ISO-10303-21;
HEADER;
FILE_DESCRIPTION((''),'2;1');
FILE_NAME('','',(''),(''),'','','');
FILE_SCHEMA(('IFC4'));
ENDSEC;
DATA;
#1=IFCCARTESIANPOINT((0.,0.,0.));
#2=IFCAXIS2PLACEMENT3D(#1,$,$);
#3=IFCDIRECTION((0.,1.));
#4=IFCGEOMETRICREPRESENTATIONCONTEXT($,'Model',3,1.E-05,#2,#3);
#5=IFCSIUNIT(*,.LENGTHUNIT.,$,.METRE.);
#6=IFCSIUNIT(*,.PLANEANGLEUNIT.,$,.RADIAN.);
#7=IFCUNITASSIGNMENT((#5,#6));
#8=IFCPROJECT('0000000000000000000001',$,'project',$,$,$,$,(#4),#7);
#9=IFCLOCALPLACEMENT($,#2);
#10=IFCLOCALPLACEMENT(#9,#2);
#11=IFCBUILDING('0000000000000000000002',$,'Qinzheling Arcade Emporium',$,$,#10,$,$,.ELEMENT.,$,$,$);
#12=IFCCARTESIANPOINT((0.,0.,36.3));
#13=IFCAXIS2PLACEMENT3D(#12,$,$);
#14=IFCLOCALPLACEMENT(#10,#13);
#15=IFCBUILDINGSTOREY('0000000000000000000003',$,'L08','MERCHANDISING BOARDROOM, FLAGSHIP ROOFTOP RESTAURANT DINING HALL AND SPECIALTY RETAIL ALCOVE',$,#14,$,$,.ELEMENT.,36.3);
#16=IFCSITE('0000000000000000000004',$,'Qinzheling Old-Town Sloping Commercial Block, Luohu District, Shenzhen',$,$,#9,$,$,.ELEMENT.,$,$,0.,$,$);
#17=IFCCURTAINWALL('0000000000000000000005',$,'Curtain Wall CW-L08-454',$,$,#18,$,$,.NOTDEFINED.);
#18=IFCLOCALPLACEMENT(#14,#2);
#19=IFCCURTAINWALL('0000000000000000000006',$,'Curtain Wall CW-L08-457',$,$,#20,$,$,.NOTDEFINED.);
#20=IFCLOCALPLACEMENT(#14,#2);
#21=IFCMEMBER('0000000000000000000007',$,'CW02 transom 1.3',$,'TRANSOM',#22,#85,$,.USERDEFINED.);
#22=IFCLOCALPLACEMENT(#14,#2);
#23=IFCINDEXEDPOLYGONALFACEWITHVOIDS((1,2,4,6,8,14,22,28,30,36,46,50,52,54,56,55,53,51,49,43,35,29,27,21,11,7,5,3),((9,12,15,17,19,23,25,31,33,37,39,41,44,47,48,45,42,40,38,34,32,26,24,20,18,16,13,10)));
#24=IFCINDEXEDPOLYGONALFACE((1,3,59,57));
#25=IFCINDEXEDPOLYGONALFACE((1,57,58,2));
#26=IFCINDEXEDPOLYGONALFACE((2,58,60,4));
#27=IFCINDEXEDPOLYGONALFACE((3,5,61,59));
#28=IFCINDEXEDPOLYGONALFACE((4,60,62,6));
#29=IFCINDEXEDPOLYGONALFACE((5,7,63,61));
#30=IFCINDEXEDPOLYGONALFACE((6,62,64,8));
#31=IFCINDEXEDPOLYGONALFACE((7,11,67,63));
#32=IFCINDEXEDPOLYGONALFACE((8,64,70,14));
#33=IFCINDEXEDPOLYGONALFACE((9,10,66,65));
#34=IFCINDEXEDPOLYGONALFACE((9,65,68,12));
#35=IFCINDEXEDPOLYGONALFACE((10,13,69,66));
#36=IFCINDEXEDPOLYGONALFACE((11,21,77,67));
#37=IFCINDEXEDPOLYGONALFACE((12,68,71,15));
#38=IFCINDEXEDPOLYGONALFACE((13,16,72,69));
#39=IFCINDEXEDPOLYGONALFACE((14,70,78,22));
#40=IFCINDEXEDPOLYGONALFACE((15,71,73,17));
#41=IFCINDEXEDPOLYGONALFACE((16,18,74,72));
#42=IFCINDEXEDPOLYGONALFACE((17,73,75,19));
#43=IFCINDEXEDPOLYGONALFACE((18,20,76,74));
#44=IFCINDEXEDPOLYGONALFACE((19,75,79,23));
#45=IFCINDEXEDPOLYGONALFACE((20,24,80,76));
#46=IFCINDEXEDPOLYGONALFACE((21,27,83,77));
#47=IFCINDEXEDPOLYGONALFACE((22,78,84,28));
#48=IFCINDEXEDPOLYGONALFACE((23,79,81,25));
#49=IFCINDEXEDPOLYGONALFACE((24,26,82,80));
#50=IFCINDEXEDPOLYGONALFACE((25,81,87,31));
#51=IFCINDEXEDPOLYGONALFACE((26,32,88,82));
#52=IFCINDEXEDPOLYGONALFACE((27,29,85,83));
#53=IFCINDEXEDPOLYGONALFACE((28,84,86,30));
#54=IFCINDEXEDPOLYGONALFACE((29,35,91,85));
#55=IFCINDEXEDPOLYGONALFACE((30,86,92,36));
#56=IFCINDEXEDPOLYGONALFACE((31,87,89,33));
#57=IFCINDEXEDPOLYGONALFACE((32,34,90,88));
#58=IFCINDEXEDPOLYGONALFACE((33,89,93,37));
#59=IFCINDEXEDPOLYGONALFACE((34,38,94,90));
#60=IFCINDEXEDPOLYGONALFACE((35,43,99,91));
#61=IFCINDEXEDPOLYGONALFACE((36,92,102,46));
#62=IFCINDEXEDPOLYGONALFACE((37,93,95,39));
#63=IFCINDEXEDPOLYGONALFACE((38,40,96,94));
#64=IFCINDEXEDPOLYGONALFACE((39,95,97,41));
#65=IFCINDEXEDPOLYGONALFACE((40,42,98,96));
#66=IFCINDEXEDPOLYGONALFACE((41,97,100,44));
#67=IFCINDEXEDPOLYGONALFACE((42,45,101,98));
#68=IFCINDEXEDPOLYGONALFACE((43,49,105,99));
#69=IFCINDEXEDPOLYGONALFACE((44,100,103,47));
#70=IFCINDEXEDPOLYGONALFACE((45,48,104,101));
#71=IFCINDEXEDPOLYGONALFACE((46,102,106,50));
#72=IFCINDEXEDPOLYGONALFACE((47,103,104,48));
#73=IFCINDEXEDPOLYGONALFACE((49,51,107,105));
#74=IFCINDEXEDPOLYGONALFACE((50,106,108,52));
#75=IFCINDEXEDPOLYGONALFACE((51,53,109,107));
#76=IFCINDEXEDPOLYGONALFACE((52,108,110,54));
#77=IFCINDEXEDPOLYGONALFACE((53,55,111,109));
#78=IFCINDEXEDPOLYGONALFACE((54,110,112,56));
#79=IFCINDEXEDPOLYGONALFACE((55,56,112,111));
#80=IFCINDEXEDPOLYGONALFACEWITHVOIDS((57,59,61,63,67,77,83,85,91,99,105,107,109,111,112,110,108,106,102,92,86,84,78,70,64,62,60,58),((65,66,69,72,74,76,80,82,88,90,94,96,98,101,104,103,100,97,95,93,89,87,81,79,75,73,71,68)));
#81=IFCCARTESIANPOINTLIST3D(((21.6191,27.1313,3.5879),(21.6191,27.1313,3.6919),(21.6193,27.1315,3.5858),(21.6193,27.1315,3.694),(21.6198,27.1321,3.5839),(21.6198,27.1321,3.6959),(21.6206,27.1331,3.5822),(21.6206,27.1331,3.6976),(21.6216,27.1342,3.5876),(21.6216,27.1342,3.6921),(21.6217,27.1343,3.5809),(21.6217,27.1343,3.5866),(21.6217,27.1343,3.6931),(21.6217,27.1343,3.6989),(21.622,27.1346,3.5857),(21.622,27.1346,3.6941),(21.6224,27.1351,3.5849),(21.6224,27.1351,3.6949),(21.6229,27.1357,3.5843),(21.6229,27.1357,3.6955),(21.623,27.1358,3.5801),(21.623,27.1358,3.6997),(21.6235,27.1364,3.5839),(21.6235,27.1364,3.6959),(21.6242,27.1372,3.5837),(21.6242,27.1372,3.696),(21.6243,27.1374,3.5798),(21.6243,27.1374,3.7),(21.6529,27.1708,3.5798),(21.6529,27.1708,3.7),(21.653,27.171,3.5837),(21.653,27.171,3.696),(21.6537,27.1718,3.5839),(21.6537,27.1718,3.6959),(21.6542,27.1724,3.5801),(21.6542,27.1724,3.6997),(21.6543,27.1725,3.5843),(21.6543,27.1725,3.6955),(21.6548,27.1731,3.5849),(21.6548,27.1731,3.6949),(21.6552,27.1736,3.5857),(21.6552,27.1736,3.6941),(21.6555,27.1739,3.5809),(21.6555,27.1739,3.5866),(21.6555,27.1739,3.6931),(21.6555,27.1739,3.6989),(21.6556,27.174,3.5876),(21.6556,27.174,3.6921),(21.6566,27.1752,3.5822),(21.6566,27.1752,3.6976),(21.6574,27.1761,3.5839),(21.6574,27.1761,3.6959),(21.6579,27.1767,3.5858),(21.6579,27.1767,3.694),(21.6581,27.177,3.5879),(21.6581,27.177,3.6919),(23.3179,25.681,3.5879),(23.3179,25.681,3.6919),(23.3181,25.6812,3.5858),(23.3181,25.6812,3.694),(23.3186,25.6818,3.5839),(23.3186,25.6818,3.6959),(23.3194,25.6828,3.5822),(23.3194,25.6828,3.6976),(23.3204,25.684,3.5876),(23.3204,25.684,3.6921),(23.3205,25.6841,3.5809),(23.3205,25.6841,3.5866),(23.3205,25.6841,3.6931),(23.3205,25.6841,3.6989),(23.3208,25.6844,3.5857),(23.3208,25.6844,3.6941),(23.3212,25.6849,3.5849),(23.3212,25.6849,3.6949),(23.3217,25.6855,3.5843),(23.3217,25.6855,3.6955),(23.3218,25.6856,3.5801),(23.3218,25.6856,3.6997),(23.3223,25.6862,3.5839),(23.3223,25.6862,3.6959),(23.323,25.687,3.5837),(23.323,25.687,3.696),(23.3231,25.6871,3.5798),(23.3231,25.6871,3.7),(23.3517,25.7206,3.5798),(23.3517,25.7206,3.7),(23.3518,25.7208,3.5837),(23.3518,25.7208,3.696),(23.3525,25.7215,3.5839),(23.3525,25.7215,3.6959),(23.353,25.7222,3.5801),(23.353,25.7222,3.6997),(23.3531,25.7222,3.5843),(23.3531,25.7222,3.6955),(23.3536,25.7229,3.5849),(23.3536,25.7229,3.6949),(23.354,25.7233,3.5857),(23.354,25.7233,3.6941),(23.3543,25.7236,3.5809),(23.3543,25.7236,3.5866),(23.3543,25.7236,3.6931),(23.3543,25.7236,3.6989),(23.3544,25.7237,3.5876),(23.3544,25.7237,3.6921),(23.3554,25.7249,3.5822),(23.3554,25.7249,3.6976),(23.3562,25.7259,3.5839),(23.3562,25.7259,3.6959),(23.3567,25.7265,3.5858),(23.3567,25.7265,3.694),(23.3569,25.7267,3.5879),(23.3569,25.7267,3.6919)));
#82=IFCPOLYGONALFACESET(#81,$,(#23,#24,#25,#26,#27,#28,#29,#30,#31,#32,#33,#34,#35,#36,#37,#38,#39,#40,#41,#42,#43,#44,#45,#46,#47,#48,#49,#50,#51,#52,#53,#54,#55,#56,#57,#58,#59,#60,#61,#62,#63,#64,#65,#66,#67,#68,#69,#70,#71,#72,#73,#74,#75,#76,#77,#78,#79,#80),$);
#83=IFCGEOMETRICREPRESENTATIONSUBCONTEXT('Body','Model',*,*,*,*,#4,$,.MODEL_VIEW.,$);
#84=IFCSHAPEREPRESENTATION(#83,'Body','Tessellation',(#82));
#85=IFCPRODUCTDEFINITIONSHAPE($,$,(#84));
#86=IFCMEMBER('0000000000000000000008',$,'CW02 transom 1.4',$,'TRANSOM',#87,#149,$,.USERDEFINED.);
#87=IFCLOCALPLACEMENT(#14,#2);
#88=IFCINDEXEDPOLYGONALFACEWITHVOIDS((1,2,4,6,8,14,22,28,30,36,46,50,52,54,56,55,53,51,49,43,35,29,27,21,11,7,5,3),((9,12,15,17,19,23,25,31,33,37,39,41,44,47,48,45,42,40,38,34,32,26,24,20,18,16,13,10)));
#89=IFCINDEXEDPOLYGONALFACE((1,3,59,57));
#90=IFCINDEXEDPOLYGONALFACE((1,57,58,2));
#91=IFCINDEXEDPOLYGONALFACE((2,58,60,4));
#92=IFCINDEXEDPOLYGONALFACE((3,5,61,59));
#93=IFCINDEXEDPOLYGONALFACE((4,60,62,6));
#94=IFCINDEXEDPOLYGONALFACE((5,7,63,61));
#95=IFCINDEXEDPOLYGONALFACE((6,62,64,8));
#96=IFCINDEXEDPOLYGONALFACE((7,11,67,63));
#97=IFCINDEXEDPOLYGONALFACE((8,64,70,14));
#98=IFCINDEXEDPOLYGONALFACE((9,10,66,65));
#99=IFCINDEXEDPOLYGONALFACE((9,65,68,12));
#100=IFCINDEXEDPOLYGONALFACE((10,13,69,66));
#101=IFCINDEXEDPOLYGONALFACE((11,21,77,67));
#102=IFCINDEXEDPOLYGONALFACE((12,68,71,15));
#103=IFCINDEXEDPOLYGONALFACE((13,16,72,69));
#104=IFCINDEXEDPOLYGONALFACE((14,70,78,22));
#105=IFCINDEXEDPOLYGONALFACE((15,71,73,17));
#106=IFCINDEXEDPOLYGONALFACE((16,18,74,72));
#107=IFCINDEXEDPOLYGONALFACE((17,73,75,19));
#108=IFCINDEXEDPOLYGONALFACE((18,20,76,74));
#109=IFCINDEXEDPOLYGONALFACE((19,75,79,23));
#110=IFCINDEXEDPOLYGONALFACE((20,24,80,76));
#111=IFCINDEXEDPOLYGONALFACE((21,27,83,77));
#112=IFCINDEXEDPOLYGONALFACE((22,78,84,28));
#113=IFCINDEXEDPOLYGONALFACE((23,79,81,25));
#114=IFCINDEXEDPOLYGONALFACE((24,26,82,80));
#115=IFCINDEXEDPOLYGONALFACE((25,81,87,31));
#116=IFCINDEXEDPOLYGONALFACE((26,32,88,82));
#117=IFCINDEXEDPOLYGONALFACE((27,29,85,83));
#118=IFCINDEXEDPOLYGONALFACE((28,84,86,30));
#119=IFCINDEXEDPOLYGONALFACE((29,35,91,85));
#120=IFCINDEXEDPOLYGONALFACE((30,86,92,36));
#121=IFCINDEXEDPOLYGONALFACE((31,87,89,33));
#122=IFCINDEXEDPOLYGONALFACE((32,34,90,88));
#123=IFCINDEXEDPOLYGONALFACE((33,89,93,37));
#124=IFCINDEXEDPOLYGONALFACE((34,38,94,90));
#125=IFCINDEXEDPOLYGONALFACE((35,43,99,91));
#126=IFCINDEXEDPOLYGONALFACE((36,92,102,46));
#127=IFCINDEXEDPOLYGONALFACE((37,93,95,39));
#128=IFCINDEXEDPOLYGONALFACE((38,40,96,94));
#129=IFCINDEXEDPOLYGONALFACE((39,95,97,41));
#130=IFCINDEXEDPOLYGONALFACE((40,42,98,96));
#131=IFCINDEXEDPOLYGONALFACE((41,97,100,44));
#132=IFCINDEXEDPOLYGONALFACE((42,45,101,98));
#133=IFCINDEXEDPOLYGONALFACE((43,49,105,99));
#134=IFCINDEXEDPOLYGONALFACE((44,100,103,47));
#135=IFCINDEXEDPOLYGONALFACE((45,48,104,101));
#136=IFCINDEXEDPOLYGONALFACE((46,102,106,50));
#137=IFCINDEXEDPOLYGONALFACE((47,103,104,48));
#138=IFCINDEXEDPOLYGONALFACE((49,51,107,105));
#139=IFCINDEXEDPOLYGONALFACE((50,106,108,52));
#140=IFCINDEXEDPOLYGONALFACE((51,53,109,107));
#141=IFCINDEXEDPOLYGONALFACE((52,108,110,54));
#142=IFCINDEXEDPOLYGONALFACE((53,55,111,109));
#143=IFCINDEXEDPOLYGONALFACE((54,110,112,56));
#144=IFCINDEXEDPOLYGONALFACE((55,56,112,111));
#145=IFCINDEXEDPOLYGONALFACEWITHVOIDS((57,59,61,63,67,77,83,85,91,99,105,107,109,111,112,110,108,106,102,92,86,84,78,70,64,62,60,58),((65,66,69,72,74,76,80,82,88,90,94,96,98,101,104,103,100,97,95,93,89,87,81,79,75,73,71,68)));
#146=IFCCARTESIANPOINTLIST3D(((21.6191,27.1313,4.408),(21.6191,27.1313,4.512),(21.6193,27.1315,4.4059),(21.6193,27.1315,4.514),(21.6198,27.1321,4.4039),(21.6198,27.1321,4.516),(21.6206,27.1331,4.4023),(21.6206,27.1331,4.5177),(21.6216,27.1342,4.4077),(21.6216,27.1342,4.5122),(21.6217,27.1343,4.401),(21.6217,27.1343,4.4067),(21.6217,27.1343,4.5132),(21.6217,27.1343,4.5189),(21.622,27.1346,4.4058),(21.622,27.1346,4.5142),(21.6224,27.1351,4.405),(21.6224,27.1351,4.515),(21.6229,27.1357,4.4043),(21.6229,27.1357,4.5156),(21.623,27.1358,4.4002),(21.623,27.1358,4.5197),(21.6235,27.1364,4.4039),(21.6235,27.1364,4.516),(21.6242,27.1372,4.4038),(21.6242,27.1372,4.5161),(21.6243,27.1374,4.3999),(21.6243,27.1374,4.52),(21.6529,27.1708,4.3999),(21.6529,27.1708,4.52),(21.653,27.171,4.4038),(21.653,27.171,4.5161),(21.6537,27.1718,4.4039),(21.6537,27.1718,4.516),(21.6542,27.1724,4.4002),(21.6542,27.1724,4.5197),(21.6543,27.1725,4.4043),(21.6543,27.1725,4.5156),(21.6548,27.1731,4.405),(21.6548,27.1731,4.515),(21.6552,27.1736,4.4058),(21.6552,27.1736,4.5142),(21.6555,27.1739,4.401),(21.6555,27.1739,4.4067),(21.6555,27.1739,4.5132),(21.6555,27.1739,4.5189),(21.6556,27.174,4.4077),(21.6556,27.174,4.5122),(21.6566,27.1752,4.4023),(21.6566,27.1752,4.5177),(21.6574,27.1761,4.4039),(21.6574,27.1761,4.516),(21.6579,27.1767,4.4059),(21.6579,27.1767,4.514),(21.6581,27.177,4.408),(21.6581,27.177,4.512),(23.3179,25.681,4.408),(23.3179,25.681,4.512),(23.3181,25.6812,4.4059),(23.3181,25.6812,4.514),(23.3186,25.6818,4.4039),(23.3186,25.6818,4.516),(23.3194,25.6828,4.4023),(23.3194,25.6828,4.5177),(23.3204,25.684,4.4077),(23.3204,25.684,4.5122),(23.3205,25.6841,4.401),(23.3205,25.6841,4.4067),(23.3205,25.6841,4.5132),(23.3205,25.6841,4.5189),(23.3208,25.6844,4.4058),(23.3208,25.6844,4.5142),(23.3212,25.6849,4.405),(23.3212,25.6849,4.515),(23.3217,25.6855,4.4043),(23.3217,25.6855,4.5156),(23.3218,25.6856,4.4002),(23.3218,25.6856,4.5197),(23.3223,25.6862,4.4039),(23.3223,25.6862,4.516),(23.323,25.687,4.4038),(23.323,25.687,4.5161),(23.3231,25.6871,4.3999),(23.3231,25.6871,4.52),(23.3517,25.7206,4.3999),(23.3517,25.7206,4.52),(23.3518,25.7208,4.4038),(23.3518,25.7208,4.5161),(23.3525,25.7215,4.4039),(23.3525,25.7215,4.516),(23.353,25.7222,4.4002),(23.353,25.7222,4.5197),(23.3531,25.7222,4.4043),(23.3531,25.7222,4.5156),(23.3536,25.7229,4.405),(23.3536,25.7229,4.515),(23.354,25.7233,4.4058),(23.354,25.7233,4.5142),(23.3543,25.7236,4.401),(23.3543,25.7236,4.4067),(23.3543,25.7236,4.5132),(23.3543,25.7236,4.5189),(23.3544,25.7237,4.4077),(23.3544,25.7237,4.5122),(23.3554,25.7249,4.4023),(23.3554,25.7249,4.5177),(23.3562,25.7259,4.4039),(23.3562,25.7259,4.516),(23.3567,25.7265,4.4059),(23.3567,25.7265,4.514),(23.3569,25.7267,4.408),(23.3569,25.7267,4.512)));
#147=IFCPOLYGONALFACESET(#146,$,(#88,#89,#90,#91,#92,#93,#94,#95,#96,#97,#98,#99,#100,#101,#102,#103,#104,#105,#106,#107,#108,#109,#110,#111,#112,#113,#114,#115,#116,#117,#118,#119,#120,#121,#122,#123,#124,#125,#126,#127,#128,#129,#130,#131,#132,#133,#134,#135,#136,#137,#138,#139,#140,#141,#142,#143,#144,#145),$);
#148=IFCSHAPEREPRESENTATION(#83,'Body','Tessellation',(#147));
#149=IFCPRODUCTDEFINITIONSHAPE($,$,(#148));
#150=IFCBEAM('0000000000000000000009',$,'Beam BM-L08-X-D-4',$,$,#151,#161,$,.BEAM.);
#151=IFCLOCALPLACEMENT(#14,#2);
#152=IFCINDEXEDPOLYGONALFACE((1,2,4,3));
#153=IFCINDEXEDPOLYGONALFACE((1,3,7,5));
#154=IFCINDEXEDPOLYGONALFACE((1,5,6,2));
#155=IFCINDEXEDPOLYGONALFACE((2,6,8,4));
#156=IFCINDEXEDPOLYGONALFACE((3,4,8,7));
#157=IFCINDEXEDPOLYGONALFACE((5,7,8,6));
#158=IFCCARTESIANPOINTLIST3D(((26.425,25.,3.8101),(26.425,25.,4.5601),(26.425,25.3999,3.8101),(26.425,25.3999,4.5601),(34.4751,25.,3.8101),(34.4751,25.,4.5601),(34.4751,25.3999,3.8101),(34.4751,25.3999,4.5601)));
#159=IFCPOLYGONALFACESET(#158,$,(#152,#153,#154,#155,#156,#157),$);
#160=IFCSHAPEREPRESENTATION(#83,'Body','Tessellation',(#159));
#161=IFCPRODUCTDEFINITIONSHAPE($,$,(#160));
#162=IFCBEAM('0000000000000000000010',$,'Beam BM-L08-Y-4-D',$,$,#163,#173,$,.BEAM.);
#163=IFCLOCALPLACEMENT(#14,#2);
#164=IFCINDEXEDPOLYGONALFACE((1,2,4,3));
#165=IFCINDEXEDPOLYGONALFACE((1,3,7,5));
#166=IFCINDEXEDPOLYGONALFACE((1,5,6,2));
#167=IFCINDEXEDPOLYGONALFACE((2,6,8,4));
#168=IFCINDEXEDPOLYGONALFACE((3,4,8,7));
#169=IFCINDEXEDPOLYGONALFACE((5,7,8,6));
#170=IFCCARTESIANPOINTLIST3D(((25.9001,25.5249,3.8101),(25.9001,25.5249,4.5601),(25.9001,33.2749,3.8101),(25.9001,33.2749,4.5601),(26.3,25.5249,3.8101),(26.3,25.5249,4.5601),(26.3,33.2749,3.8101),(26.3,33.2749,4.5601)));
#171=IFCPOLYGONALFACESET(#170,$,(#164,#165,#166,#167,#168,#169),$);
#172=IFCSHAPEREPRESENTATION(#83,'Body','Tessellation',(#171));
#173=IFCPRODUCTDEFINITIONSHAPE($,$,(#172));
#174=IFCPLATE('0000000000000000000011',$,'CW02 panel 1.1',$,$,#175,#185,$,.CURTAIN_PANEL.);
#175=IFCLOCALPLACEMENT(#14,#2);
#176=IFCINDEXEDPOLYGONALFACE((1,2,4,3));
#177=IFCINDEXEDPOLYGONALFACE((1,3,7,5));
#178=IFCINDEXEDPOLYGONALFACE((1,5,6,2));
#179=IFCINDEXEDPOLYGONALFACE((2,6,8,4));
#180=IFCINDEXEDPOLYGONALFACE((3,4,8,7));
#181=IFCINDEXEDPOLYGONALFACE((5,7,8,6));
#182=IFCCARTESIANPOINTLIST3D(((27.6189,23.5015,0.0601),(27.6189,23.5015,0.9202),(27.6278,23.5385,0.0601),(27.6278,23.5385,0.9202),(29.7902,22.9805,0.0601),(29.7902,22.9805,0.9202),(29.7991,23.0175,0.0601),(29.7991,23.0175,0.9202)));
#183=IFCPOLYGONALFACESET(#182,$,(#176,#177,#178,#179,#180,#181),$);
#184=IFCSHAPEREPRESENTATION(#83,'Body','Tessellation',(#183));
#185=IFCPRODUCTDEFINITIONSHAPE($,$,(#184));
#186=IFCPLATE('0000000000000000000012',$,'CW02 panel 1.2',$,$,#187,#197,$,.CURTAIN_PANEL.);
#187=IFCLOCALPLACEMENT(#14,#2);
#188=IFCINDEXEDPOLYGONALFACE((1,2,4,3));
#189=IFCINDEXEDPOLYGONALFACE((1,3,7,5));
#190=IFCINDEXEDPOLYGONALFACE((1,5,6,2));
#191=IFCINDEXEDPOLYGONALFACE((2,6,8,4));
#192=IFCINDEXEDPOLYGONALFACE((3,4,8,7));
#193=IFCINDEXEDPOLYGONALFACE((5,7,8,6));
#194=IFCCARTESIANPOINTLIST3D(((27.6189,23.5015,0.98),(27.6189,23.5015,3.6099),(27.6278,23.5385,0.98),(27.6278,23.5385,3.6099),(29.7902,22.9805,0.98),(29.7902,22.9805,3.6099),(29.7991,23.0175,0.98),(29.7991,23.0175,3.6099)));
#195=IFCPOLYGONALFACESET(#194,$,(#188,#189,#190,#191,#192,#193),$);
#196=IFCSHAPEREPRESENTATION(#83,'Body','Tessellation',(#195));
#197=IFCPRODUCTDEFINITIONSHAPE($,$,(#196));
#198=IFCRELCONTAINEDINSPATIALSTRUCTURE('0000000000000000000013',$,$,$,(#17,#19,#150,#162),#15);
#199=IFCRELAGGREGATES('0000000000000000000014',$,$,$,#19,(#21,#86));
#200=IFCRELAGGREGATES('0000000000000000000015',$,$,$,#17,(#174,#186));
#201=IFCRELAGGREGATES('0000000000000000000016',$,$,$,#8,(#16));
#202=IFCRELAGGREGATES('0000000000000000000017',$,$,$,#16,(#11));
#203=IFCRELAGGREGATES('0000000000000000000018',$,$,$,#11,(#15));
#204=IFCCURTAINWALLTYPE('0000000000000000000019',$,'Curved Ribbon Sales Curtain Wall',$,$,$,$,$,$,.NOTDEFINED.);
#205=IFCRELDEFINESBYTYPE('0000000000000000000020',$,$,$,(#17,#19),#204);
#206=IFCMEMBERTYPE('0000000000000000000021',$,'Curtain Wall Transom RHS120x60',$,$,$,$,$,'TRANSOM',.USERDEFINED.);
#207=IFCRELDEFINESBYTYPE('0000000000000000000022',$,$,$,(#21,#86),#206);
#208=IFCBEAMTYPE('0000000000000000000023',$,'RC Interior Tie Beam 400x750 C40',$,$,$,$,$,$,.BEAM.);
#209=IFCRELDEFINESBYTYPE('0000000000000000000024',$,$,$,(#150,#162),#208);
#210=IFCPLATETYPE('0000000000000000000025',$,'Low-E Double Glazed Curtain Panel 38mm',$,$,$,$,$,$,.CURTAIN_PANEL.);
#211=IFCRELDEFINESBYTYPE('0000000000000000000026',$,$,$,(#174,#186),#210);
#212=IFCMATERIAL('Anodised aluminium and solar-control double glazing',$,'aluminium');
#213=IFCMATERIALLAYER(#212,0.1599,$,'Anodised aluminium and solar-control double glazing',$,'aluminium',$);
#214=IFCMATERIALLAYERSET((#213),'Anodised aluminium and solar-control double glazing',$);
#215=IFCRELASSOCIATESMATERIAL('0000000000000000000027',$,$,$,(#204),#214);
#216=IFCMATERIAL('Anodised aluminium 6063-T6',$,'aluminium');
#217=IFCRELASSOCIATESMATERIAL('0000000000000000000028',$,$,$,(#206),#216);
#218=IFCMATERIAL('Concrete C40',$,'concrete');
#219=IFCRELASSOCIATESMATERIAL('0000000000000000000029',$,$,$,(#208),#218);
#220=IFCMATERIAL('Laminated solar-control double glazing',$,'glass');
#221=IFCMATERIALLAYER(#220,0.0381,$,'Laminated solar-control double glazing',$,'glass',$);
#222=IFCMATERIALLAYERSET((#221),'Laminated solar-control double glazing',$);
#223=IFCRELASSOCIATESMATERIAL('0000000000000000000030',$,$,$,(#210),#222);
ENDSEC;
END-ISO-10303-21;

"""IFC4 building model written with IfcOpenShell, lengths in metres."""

from ifc_helpers import new_model, si_unit, direction, frame, origin, origin_2d, place, context, subcontext, project, spatial, rectangle, hollow_rectangle, extrude, material, layer, layer_set, material_profile, profile_set, type_object, element, aggregate, save


model = new_model("IFC4")

# Units and contexts
model_context = context("Model", 3, precision=1e-05, world=origin(), true_north=direction((0.0, 1.0)))
body_context = subcontext(model_context, "Body", "Model", "MODEL_VIEW")
ifc_project = project(units=[si_unit("LENGTHUNIT", "METRE"), si_unit("PLANEANGLEUNIT", "RADIAN")], contexts=[model_context])

# Site, building, storey
site_placement = place(None, origin())
site = spatial("IfcSite", under=ifc_project, at=site_placement, Name="Qinzheling Old-Town Sloping Commercial Block, Luohu District, Shenzhen", CompositionType="ELEMENT", RefElevation=0.0)
building_placement = place(site_placement, origin())
building = spatial("IfcBuilding", under=site, at=building_placement, Name="Qinzheling Arcade Emporium", CompositionType="ELEMENT")
storey_placement = place(building_placement, frame((0.0, 0.0, 36.3)))
storey = spatial("IfcBuildingStorey", under=building, at=storey_placement, Name="L08", Description="MERCHANDISING BOARDROOM, FLAGSHIP ROOFTOP RESTAURANT DINING HALL AND SPECIALTY RETAIL ALCOVE", CompositionType="ELEMENT", Elevation=36.3)

# Shared definitions
ifc_material_1 = material(Name="Concrete C40", Category="concrete")

# Curtain wall
ifc_material_2 = material(Name="Anodised aluminium and solar-control double glazing", Category="aluminium")
ifc_layer_1 = layer(ifc_material_2, 0.1599, Name="Anodised aluminium and solar-control double glazing", Category="aluminium")
ifc_layer_set_1 = layer_set([ifc_layer_1], Name="Anodised aluminium and solar-control double glazing")
curtain_wall_type = type_object("IfcCurtainWallType", Name="Curved Ribbon Sales Curtain Wall", PredefinedType="NOTDEFINED", material=ifc_layer_set_1)
curtain_wall_1_placement = place(storey_placement, origin())
curtain_wall_1 = element("IfcCurtainWall", 1, at=curtain_wall_1_placement, inside=storey, type_object=curtain_wall_type, Name="Curtain Wall CW-L08-454", PredefinedType="NOTDEFINED")
ifc_material_3 = material(Name="Anodised aluminium 6063-T6", Category="aluminium")

# Curtain wall
curtain_wall_2_placement = place(storey_placement, origin())
curtain_wall_2 = element("IfcCurtainWall", 2, at=curtain_wall_2_placement, inside=storey, type_object=curtain_wall_type, Name="Curtain Wall CW-L08-457", PredefinedType="NOTDEFINED")

# Members
ifc_material_profile_1 = material_profile(ifc_material_3, hollow_rectangle(XDim=0.0601, YDim=0.1201, WallThickness=0.0039, InnerFilletRadius=0.0039, OuterFilletRadius=0.0081, at=origin_2d()), Name="RHS 120x60x4", Category="aluminium")
ifc_profile_set_1 = profile_set([ifc_material_profile_1], Name="Anodised aluminium 6063-T6")
member_type_1 = type_object("IfcMemberType", Name="Curtain Wall Transom RHS120x60", ElementType="TRANSOM", PredefinedType="USERDEFINED", material=ifc_profile_set_1)
member_1_placement = place(storey_placement, frame((23.3374, 25.7039, 3.6399), z_axis=(-0.760551, 0.649278, 0.0), x_axis=(-0.649278, -0.760551, 0.0)))
member_1 = element("IfcMember", 3, at=member_1_placement, type_object=member_type_1, Name="CW02 transom 1.3", ObjectType="TRANSOM", PredefinedType="USERDEFINED", context=body_context, shape_type="SweptSolid", body=[
    extrude(hollow_rectangle(XDim=0.0601, YDim=0.1201, WallThickness=0.0039, InnerFilletRadius=0.0039, OuterFilletRadius=0.0081, at=origin_2d()), origin(), (0.0, 0.0, 1.0), 2.2336),
])
member_2_placement = place(storey_placement, frame((23.3374, 25.7039, 4.46), z_axis=(-0.760551, 0.649278, 0.0), x_axis=(-0.649278, -0.760551, 0.0)))
member_2 = element("IfcMember", 4, at=member_2_placement, type_object=member_type_1, Name="CW02 transom 1.4", ObjectType="TRANSOM", PredefinedType="USERDEFINED", context=body_context, shape_type="SweptSolid", body=[
    extrude(hollow_rectangle(XDim=0.0601, YDim=0.1201, WallThickness=0.0039, InnerFilletRadius=0.0039, OuterFilletRadius=0.0081, at=origin_2d()), origin(), (0.0, 0.0, 1.0), 2.2336),
])
aggregate(curtain_wall_2, [member_1, member_2])

# Beams
ifc_material_profile_2 = material_profile(ifc_material_1, rectangle(XDim=0.3999, YDim=0.75, at=origin_2d()), Name="RC 400x750", Category="concrete")
ifc_profile_set_2 = profile_set([ifc_material_profile_2], Name="Concrete C40")
beam_type = type_object("IfcBeamType", Name="RC Interior Tie Beam 400x750 C40", PredefinedType="BEAM", material=ifc_profile_set_2)
beam_1_placement = place(storey_placement, frame((26.425, 25.2, 4.1851), z_axis=(1.0, 0.0, 0.0), x_axis=(0.0, 1.0, 0.0)))
element("IfcBeam", 5, at=beam_1_placement, inside=storey, type_object=beam_type, Name="Beam BM-L08-X-D-4", PredefinedType="BEAM", context=body_context, shape_type="SweptSolid", body=[
    extrude(rectangle(XDim=0.3999, YDim=0.75, at=origin_2d()), origin(), (0.0, 0.0, 1.0), 8.05),
])
beam_2_placement = place(storey_placement, frame((26.1001, 25.5249, 4.1851), z_axis=(0.0, 1.0, 0.0), x_axis=(-1.0, 0.0, 0.0)))
element("IfcBeam", 6, at=beam_2_placement, inside=storey, type_object=beam_type, Name="Beam BM-L08-Y-4-D", PredefinedType="BEAM", context=body_context, shape_type="SweptSolid", body=[
    extrude(rectangle(XDim=0.3999, YDim=0.75, at=origin_2d()), origin(), (0.0, 0.0, 1.0), 7.75),
])

# Plates
ifc_material_4 = material(Name="Laminated solar-control double glazing", Category="glass")
ifc_layer_2 = layer(ifc_material_4, 0.0381, Name="Laminated solar-control double glazing", Category="glass")
ifc_layer_set_2 = layer_set([ifc_layer_2], Name="Laminated solar-control double glazing")
plate_type_1 = type_object("IfcPlateType", Name="Low-E Double Glazed Curtain Panel 38mm", PredefinedType="CURTAIN_PANEL", material=ifc_layer_set_2)
plate_1_placement = place(storey_placement, frame((28.709, 23.2595, 0.0601), z_axis=(0.0, 0.0, 1.0), x_axis=(-0.972399, 0.233325, 0.0)))
plate_1 = element("IfcPlate", 7, at=plate_1_placement, type_object=plate_type_1, Name="CW02 panel 1.1", PredefinedType="CURTAIN_PANEL", context=body_context, shape_type="SweptSolid", body=[
    extrude(rectangle(XDim=2.2329, YDim=0.0381, at=origin_2d()), origin(), (0.0, 0.0, 1.0), 0.8601),
])
plate_2_placement = place(storey_placement, frame((28.709, 23.2595, 0.98), z_axis=(0.0, 0.0, 1.0), x_axis=(-0.972399, 0.233325, 0.0)))
plate_2 = element("IfcPlate", 8, at=plate_2_placement, type_object=plate_type_1, Name="CW02 panel 1.2", PredefinedType="CURTAIN_PANEL", context=body_context, shape_type="SweptSolid", body=[
    extrude(rectangle(XDim=2.2329, YDim=0.0381, at=origin_2d()), origin(), (0.0, 0.0, 1.0), 2.6299),
])
aggregate(curtain_wall_1, [plate_1, plate_2])

save(model, "model.ifc")
